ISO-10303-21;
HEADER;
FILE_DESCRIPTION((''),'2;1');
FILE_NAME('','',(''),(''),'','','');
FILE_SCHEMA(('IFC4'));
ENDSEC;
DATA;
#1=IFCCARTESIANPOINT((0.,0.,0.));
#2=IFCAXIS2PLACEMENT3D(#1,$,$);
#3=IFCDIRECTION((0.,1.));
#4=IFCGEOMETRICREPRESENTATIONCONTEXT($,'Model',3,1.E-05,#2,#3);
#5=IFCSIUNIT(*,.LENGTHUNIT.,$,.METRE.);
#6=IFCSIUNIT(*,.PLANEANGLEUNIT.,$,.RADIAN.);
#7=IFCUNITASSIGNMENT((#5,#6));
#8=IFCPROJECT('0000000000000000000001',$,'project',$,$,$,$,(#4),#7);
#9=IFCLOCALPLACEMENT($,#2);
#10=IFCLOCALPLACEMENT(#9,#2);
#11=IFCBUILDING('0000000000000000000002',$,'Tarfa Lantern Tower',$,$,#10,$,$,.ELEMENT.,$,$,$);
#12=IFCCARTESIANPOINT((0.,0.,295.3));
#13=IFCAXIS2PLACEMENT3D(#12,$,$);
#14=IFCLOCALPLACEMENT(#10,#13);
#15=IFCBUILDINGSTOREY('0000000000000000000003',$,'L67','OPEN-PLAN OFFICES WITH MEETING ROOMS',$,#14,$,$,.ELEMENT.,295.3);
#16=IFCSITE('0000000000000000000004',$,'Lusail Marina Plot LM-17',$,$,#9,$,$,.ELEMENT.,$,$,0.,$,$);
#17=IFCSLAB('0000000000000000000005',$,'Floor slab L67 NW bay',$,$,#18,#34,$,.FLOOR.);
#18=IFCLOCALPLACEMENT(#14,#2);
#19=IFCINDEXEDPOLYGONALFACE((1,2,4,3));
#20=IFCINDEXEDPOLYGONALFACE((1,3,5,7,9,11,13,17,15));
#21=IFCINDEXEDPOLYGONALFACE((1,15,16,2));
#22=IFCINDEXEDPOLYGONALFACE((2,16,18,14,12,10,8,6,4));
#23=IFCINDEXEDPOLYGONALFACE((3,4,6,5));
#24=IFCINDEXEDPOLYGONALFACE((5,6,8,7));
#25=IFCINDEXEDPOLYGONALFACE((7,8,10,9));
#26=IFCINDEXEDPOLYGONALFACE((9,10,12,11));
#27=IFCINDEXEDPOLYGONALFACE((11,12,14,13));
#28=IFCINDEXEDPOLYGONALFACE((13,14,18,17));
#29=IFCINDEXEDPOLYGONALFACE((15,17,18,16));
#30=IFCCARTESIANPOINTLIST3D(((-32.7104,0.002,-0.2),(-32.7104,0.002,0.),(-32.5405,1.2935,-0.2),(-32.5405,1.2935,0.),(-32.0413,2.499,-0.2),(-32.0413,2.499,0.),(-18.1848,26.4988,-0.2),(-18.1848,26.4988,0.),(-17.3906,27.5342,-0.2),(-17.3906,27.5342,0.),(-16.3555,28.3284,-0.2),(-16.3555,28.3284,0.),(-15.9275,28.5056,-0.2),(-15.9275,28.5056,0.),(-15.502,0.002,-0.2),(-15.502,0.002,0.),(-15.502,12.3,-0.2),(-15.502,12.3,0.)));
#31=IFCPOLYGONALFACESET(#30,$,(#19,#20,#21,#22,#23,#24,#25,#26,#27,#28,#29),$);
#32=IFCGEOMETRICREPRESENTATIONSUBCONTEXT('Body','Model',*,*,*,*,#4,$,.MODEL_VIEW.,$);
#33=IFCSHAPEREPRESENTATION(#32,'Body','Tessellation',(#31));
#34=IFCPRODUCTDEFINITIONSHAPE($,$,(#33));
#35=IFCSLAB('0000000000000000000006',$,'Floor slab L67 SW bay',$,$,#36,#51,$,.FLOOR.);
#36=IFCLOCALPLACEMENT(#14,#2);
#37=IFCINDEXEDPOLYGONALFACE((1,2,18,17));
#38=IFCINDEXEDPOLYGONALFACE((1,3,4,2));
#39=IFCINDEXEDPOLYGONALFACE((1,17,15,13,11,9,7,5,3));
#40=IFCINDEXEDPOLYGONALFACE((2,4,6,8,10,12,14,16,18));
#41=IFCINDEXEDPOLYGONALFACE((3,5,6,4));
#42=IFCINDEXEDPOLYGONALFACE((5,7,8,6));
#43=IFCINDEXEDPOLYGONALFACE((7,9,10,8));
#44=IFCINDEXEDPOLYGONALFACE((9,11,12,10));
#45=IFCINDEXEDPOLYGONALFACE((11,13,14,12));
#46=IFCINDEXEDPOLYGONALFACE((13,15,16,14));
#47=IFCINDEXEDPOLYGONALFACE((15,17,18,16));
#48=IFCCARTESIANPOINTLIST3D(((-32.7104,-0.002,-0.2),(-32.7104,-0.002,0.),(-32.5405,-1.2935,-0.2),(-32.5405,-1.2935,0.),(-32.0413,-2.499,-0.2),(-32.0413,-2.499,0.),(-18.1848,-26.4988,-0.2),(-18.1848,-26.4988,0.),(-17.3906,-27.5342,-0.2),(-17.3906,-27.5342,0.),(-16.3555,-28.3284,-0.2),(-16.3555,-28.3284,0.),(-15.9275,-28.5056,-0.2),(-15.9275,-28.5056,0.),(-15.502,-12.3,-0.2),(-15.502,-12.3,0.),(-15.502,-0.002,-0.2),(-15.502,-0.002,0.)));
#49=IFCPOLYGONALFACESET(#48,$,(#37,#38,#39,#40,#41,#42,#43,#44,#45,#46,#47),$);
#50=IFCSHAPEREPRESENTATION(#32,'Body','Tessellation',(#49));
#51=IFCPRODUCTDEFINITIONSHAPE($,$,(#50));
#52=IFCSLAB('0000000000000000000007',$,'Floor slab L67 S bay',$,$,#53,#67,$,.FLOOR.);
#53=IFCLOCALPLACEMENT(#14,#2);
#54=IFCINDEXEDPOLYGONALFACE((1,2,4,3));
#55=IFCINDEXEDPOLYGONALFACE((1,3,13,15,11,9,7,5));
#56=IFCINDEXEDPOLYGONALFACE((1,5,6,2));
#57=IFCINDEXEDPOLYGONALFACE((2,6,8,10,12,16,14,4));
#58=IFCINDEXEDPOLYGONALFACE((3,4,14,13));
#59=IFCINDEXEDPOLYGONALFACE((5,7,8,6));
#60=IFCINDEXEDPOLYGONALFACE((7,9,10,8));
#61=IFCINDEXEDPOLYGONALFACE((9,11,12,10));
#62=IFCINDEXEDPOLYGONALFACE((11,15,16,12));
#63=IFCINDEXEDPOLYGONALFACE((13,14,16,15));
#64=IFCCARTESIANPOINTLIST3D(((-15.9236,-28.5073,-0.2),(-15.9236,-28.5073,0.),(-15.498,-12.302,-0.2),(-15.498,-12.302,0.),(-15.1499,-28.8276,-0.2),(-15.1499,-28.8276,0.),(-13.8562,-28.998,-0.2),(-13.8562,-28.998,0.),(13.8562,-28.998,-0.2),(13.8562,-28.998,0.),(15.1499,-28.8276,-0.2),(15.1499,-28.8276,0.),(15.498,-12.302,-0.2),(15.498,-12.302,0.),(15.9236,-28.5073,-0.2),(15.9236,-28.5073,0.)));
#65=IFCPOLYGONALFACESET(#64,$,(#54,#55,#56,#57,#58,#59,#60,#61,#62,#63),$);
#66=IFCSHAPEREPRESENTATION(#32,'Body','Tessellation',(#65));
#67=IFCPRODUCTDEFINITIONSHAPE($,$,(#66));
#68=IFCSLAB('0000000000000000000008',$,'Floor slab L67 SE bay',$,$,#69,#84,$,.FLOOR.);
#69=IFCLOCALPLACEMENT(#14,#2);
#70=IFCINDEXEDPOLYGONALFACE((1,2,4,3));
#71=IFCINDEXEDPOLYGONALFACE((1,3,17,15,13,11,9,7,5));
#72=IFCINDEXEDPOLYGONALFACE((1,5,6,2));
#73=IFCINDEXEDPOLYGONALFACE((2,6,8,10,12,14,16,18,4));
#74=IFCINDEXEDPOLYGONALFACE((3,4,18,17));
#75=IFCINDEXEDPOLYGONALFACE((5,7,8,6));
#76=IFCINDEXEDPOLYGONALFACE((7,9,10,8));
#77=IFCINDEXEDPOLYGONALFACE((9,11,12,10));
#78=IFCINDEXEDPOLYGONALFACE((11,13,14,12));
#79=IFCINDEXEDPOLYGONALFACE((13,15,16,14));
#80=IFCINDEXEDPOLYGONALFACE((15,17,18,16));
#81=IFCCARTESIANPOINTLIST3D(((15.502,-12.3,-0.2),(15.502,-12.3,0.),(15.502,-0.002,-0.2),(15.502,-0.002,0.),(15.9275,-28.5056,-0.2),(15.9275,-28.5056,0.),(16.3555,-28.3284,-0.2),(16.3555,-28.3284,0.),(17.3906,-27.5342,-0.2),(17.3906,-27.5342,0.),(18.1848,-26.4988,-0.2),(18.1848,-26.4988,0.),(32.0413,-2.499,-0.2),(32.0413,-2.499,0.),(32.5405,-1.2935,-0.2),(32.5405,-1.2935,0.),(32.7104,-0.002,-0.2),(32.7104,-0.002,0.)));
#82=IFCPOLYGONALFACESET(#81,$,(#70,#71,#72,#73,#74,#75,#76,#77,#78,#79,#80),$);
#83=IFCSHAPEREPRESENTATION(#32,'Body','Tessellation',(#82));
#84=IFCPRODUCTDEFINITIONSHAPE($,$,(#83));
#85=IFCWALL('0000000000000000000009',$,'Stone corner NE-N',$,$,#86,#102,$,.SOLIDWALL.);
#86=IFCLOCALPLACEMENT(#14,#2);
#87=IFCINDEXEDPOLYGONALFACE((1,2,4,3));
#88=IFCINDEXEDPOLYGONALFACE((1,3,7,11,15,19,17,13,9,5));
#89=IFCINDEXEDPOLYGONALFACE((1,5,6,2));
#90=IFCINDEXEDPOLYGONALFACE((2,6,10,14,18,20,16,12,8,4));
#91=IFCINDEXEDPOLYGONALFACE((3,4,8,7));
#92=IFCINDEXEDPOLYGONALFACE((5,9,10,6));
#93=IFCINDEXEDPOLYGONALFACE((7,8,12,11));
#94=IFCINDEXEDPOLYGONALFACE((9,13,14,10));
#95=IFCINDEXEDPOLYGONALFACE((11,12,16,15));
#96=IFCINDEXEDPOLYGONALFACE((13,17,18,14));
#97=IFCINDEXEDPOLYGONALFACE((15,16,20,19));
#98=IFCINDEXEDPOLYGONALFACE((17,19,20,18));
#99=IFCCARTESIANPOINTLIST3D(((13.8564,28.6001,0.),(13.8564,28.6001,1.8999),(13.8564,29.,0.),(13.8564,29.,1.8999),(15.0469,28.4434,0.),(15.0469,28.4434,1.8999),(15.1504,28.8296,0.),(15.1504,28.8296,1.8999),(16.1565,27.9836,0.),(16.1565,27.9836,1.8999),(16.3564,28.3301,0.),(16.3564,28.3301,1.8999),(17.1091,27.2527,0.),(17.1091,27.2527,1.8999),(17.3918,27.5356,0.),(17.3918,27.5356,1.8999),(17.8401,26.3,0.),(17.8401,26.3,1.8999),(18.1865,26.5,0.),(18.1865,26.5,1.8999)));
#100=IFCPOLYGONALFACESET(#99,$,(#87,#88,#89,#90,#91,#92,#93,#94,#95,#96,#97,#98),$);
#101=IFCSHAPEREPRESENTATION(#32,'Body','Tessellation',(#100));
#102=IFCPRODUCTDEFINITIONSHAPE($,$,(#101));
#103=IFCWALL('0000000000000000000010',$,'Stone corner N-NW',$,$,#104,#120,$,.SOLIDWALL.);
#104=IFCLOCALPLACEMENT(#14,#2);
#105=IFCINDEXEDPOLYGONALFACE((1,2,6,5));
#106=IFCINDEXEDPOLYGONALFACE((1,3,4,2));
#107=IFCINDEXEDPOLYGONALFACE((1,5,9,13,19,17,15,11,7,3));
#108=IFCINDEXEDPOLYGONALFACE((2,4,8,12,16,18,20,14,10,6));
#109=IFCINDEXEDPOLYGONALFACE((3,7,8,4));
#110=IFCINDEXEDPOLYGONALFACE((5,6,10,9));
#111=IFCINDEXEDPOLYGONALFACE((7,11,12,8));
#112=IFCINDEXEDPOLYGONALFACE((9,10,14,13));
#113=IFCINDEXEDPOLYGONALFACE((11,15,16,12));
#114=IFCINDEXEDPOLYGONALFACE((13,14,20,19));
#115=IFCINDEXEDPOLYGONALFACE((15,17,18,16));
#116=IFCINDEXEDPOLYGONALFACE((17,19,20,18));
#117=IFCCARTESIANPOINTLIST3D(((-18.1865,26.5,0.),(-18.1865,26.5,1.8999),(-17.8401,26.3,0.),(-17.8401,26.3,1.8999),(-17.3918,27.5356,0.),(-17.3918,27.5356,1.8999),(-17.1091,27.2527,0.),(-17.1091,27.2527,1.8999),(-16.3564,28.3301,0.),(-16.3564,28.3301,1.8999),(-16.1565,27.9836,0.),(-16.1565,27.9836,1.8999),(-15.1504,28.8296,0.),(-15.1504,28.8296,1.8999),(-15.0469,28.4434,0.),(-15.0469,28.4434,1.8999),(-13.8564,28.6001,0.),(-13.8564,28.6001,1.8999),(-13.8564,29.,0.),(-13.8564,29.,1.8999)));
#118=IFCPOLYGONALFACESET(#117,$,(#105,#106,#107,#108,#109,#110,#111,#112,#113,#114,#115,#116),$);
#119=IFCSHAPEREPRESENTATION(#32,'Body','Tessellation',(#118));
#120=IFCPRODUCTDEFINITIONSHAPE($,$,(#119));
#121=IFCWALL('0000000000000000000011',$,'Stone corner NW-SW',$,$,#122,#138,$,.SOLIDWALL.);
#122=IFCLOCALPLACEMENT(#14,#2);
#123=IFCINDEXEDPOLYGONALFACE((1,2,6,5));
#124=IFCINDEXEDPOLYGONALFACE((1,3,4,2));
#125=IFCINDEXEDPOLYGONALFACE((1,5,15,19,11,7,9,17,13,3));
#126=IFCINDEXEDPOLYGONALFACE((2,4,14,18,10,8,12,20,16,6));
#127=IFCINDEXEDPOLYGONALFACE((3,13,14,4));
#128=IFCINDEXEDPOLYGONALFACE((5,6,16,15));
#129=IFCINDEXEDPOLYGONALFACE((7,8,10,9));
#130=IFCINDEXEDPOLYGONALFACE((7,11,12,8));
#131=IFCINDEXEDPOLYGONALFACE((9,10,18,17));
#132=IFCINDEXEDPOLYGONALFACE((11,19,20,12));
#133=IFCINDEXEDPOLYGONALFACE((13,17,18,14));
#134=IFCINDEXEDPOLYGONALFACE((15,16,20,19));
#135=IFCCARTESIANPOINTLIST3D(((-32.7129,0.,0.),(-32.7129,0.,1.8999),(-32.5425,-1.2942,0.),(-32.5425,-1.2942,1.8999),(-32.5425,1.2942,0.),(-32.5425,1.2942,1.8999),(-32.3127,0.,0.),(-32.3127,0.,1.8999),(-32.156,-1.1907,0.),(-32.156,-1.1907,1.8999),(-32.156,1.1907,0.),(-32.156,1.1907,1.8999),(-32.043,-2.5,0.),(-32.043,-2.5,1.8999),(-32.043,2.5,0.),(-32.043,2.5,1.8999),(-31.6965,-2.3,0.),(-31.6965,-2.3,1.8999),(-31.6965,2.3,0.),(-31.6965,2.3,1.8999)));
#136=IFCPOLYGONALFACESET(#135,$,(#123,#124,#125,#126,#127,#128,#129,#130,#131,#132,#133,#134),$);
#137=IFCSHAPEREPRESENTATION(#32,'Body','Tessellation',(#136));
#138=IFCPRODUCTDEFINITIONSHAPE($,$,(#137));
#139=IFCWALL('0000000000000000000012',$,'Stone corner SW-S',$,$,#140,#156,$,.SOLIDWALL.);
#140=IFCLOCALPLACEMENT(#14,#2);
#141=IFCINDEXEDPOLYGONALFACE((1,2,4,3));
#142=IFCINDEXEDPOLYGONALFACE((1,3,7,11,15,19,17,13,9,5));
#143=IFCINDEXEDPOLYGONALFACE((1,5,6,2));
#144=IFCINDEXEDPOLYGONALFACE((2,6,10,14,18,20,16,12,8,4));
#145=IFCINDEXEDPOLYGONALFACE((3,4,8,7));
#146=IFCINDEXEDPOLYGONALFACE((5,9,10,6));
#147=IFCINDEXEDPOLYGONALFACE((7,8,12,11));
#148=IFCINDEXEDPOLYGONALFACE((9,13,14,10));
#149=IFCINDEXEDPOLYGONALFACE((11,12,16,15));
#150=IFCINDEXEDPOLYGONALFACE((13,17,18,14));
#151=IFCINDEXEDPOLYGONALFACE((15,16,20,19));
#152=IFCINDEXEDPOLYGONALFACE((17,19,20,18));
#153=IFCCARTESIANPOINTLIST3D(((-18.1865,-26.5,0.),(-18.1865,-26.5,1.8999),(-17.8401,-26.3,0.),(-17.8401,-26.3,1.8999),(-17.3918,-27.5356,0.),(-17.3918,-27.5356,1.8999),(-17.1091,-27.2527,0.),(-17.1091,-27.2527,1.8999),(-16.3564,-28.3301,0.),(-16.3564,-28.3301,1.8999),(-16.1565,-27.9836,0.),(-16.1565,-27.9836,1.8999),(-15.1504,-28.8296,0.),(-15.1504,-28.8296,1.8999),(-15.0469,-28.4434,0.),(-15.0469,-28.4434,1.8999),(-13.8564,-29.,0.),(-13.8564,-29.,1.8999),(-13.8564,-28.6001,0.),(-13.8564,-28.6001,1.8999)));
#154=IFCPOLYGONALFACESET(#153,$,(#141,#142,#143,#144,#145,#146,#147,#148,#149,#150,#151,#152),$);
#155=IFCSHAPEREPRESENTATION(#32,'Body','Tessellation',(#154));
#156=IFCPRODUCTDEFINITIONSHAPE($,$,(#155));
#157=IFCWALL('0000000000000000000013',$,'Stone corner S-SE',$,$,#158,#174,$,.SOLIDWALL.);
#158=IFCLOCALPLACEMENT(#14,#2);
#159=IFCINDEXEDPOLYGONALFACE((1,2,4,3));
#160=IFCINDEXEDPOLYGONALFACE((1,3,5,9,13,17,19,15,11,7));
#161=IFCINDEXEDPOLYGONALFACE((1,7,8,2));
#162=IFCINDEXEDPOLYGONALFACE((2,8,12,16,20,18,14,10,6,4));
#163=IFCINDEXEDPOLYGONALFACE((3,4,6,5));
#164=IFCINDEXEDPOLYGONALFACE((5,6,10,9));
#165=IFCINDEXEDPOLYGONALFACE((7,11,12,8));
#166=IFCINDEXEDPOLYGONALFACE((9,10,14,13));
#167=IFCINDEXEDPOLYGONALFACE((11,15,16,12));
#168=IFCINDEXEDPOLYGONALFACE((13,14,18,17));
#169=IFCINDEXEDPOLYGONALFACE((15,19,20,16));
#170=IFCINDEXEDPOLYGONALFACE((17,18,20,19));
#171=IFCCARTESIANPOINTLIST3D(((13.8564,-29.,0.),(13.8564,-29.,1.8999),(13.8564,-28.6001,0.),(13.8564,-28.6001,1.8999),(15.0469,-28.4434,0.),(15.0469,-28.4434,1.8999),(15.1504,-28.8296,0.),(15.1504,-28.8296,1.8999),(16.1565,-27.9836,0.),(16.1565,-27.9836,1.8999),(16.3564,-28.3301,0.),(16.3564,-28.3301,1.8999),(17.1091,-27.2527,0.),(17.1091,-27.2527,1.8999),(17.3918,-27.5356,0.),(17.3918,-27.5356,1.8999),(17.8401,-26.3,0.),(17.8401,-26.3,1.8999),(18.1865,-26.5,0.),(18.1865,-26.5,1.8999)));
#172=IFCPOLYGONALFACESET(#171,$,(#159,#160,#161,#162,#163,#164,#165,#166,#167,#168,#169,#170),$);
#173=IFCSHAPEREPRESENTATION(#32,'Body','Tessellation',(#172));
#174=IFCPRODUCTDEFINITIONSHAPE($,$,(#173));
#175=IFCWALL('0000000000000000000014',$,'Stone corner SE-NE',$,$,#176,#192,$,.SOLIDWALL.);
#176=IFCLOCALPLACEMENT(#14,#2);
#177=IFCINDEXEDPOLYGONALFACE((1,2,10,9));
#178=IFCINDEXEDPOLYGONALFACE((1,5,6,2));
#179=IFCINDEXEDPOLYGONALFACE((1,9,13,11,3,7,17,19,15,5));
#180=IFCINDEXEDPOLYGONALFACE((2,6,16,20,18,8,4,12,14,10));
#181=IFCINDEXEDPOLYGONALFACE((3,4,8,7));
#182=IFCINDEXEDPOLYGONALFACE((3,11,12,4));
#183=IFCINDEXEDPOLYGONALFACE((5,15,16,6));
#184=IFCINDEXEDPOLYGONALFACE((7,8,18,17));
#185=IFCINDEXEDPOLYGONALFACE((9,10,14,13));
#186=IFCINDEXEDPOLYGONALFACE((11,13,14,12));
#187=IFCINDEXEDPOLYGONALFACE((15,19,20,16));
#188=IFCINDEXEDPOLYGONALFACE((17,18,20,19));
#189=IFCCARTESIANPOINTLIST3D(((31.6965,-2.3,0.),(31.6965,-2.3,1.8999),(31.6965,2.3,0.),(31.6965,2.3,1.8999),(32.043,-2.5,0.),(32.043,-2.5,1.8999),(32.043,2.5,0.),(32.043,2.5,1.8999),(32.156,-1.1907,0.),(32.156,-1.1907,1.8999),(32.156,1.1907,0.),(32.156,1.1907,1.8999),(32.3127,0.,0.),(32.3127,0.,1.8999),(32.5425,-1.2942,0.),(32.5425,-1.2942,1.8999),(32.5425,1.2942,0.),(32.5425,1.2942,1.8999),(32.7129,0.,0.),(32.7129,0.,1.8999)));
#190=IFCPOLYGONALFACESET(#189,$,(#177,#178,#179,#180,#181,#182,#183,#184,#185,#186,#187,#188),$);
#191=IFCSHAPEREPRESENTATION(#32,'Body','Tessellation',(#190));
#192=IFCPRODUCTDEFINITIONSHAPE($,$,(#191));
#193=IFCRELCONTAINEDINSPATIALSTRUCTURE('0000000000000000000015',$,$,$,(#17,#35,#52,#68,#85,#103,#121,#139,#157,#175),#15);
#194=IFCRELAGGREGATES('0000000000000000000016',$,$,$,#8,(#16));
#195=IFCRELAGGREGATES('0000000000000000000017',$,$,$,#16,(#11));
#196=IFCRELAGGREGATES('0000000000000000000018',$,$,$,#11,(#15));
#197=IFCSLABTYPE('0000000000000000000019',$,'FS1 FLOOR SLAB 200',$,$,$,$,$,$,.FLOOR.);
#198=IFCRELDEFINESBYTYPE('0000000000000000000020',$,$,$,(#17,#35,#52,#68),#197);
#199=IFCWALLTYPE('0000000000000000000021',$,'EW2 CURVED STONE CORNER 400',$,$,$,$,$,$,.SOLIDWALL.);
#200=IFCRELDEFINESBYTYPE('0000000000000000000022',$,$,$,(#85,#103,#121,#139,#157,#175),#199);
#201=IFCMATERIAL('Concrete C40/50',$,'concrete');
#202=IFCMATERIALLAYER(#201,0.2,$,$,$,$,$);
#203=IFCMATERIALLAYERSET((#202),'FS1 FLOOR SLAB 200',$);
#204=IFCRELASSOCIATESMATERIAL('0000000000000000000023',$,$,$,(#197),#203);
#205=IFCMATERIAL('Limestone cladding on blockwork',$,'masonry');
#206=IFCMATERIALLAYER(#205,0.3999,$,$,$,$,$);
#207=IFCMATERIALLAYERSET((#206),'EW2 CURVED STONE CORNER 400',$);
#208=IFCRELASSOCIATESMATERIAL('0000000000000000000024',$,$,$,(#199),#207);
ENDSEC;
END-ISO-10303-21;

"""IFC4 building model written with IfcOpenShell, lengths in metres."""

from ifc_helpers import new_model, si_unit, direction, frame, origin, place, context, subcontext, project, spatial, polyline, outline, extrude, material, layer, layer_set, type_object, element, save


model = new_model("IFC4")

# Units and contexts
model_context = context("Model", 3, precision=1e-05, world=origin(), true_north=direction((0.0, 1.0)))
body_context = subcontext(model_context, "Body", "Model", "MODEL_VIEW")
ifc_project = project(units=[si_unit("LENGTHUNIT", "METRE"), si_unit("PLANEANGLEUNIT", "RADIAN")], contexts=[model_context])

# Site, building, storey
site_placement = place(None, origin())
site = spatial("IfcSite", under=ifc_project, at=site_placement, Name="Lusail Marina Plot LM-17", CompositionType="ELEMENT", RefElevation=0.0)
building_placement = place(site_placement, origin())
building = spatial("IfcBuilding", under=site, at=building_placement, Name="Tarfa Lantern Tower", CompositionType="ELEMENT")
storey_placement = place(building_placement, frame((0.0, 0.0, 295.3)))
storey = spatial("IfcBuildingStorey", under=building, at=storey_placement, Name="L67", Description="OPEN-PLAN OFFICES WITH MEETING ROOMS", CompositionType="ELEMENT", Elevation=295.3)

# Slabs
ifc_material_1 = material(Name="Concrete C40/50", Category="concrete")
ifc_layer_1 = layer(ifc_material_1, 0.2)
ifc_layer_set_1 = layer_set([ifc_layer_1], Name="FS1 FLOOR SLAB 200")
slab_type_1 = type_object("IfcSlabType", Name="FS1 FLOOR SLAB 200", PredefinedType="FLOOR", material=ifc_layer_set_1)
slab_1_placement = place(storey_placement, frame((0.0, 0.0, -0.2)))
element("IfcSlab", 1, at=slab_1_placement, inside=storey, type_object=slab_type_1, Name="Floor slab L67 NW bay", PredefinedType="FLOOR", context=body_context, shape_type="SweptSolid", body=[
    extrude(outline(polyline([(-15.502, 0.002), (-15.502, 12.3), (-15.9275, 28.5056), (-16.3555, 28.3284), (-17.3906, 27.5342), (-18.1848, 26.4988), (-32.0413, 2.499), (-32.5405, 1.2935), (-32.7104, 0.002), (-15.502, 0.002)])), origin(), (0.0, 0.0, 1.0), 0.2),
])
slab_2_placement = place(storey_placement, frame((0.0, 0.0, -0.2)))
element("IfcSlab", 2, at=slab_2_placement, inside=storey, type_object=slab_type_1, Name="Floor slab L67 SW bay", PredefinedType="FLOOR", context=body_context, shape_type="SweptSolid", body=[
    extrude(outline(polyline([(-15.502, -12.3), (-15.502, -0.002), (-32.7104, -0.002), (-32.5405, -1.2935), (-32.0413, -2.499), (-18.1848, -26.4988), (-17.3906, -27.5342), (-16.3555, -28.3284), (-15.9275, -28.5056), (-15.502, -12.3)])), origin(), (0.0, 0.0, 1.0), 0.2),
])
slab_3_placement = place(storey_placement, frame((0.0, 0.0, -0.2)))
element("IfcSlab", 3, at=slab_3_placement, inside=storey, type_object=slab_type_1, Name="Floor slab L67 S bay", PredefinedType="FLOOR", context=body_context, shape_type="SweptSolid", body=[
    extrude(outline(polyline([(15.498, -12.302), (-15.498, -12.302), (-15.9236, -28.5073), (-15.1499, -28.8276), (-13.8562, -28.998), (13.8562, -28.998), (15.1499, -28.8276), (15.9236, -28.5073), (15.498, -12.302)])), origin(), (0.0, 0.0, 1.0), 0.2),
])
slab_4_placement = place(storey_placement, frame((0.0, 0.0, -0.2)))
element("IfcSlab", 4, at=slab_4_placement, inside=storey, type_object=slab_type_1, Name="Floor slab L67 SE bay", PredefinedType="FLOOR", context=body_context, shape_type="SweptSolid", body=[
    extrude(outline(polyline([(15.502, -0.002), (15.502, -12.3), (15.9275, -28.5056), (16.3555, -28.3284), (17.3906, -27.5342), (18.1848, -26.4988), (32.0413, -2.499), (32.5405, -1.2935), (32.7104, -0.002), (15.502, -0.002)])), origin(), (0.0, 0.0, 1.0), 0.2),
])

# Walls
ifc_material_2 = material(Name="Limestone cladding on blockwork", Category="masonry")
ifc_layer_2 = layer(ifc_material_2, 0.3999)
ifc_layer_set_2 = layer_set([ifc_layer_2], Name="EW2 CURVED STONE CORNER 400")
wall_type_1 = type_object("IfcWallType", Name="EW2 CURVED STONE CORNER 400", PredefinedType="SOLIDWALL", material=ifc_layer_set_2)
wall_1_placement = place(storey_placement, origin())
element("IfcWall", 5, at=wall_1_placement, inside=storey, type_object=wall_type_1, Name="Stone corner NE-N", PredefinedType="SOLIDWALL", context=body_context, shape_type="SweptSolid", body=[
    extrude(outline(polyline([(18.1865, 26.5), (17.3918, 27.5356), (16.3564, 28.3301), (15.1504, 28.8296), (13.8564, 29.0), (13.8564, 28.6001), (15.0469, 28.4434), (16.1565, 27.9836), (17.1091, 27.2527), (17.8401, 26.3), (18.1865, 26.5)])), origin(), (0.0, 0.0, 1.0), 1.8999),
])
wall_2_placement = place(storey_placement, origin())
element("IfcWall", 6, at=wall_2_placement, inside=storey, type_object=wall_type_1, Name="Stone corner N-NW", PredefinedType="SOLIDWALL", context=body_context, shape_type="SweptSolid", body=[
    extrude(outline(polyline([(-13.8564, 29.0), (-15.1504, 28.8296), (-16.3564, 28.3301), (-17.3918, 27.5356), (-18.1865, 26.5), (-17.8401, 26.3), (-17.1091, 27.2527), (-16.1565, 27.9836), (-15.0469, 28.4434), (-13.8564, 28.6001), (-13.8564, 29.0)])), origin(), (0.0, 0.0, 1.0), 1.8999),
])
wall_3_placement = place(storey_placement, origin())
element("IfcWall", 7, at=wall_3_placement, inside=storey, type_object=wall_type_1, Name="Stone corner NW-SW", PredefinedType="SOLIDWALL", context=body_context, shape_type="SweptSolid", body=[
    extrude(outline(polyline([(-32.043, 2.5), (-32.5425, 1.2942), (-32.7129, 0.0), (-32.5425, -1.2942), (-32.043, -2.5), (-31.6965, -2.3), (-32.156, -1.1907), (-32.3127, 0.0), (-32.156, 1.1907), (-31.6965, 2.3), (-32.043, 2.5)])), origin(), (0.0, 0.0, 1.0), 1.8999),
])
wall_4_placement = place(storey_placement, origin())
element("IfcWall", 8, at=wall_4_placement, inside=storey, type_object=wall_type_1, Name="Stone corner SW-S", PredefinedType="SOLIDWALL", context=body_context, shape_type="SweptSolid", body=[
    extrude(outline(polyline([(-18.1865, -26.5), (-17.3918, -27.5356), (-16.3564, -28.3301), (-15.1504, -28.8296), (-13.8564, -29.0), (-13.8564, -28.6001), (-15.0469, -28.4434), (-16.1565, -27.9836), (-17.1091, -27.2527), (-17.8401, -26.3), (-18.1865, -26.5)])), origin(), (0.0, 0.0, 1.0), 1.8999),
])
wall_5_placement = place(storey_placement, origin())
element("IfcWall", 9, at=wall_5_placement, inside=storey, type_object=wall_type_1, Name="Stone corner S-SE", PredefinedType="SOLIDWALL", context=body_context, shape_type="SweptSolid", body=[
    extrude(outline(polyline([(13.8564, -29.0), (15.1504, -28.8296), (16.3564, -28.3301), (17.3918, -27.5356), (18.1865, -26.5), (17.8401, -26.3), (17.1091, -27.2527), (16.1565, -27.9836), (15.0469, -28.4434), (13.8564, -28.6001), (13.8564, -29.0)])), origin(), (0.0, 0.0, 1.0), 1.8999),
])
wall_6_placement = place(storey_placement, origin())
element("IfcWall", 10, at=wall_6_placement, inside=storey, type_object=wall_type_1, Name="Stone corner SE-NE", PredefinedType="SOLIDWALL", context=body_context, shape_type="SweptSolid", body=[
    extrude(outline(polyline([(32.043, -2.5), (32.5425, -1.2942), (32.7129, 0.0), (32.5425, 1.2942), (32.043, 2.5), (31.6965, 2.3), (32.156, 1.1907), (32.3127, 0.0), (32.156, -1.1907), (31.6965, -2.3), (32.043, -2.5)])), origin(), (0.0, 0.0, 1.0), 1.8999),
])

save(model, "model.ifc")
